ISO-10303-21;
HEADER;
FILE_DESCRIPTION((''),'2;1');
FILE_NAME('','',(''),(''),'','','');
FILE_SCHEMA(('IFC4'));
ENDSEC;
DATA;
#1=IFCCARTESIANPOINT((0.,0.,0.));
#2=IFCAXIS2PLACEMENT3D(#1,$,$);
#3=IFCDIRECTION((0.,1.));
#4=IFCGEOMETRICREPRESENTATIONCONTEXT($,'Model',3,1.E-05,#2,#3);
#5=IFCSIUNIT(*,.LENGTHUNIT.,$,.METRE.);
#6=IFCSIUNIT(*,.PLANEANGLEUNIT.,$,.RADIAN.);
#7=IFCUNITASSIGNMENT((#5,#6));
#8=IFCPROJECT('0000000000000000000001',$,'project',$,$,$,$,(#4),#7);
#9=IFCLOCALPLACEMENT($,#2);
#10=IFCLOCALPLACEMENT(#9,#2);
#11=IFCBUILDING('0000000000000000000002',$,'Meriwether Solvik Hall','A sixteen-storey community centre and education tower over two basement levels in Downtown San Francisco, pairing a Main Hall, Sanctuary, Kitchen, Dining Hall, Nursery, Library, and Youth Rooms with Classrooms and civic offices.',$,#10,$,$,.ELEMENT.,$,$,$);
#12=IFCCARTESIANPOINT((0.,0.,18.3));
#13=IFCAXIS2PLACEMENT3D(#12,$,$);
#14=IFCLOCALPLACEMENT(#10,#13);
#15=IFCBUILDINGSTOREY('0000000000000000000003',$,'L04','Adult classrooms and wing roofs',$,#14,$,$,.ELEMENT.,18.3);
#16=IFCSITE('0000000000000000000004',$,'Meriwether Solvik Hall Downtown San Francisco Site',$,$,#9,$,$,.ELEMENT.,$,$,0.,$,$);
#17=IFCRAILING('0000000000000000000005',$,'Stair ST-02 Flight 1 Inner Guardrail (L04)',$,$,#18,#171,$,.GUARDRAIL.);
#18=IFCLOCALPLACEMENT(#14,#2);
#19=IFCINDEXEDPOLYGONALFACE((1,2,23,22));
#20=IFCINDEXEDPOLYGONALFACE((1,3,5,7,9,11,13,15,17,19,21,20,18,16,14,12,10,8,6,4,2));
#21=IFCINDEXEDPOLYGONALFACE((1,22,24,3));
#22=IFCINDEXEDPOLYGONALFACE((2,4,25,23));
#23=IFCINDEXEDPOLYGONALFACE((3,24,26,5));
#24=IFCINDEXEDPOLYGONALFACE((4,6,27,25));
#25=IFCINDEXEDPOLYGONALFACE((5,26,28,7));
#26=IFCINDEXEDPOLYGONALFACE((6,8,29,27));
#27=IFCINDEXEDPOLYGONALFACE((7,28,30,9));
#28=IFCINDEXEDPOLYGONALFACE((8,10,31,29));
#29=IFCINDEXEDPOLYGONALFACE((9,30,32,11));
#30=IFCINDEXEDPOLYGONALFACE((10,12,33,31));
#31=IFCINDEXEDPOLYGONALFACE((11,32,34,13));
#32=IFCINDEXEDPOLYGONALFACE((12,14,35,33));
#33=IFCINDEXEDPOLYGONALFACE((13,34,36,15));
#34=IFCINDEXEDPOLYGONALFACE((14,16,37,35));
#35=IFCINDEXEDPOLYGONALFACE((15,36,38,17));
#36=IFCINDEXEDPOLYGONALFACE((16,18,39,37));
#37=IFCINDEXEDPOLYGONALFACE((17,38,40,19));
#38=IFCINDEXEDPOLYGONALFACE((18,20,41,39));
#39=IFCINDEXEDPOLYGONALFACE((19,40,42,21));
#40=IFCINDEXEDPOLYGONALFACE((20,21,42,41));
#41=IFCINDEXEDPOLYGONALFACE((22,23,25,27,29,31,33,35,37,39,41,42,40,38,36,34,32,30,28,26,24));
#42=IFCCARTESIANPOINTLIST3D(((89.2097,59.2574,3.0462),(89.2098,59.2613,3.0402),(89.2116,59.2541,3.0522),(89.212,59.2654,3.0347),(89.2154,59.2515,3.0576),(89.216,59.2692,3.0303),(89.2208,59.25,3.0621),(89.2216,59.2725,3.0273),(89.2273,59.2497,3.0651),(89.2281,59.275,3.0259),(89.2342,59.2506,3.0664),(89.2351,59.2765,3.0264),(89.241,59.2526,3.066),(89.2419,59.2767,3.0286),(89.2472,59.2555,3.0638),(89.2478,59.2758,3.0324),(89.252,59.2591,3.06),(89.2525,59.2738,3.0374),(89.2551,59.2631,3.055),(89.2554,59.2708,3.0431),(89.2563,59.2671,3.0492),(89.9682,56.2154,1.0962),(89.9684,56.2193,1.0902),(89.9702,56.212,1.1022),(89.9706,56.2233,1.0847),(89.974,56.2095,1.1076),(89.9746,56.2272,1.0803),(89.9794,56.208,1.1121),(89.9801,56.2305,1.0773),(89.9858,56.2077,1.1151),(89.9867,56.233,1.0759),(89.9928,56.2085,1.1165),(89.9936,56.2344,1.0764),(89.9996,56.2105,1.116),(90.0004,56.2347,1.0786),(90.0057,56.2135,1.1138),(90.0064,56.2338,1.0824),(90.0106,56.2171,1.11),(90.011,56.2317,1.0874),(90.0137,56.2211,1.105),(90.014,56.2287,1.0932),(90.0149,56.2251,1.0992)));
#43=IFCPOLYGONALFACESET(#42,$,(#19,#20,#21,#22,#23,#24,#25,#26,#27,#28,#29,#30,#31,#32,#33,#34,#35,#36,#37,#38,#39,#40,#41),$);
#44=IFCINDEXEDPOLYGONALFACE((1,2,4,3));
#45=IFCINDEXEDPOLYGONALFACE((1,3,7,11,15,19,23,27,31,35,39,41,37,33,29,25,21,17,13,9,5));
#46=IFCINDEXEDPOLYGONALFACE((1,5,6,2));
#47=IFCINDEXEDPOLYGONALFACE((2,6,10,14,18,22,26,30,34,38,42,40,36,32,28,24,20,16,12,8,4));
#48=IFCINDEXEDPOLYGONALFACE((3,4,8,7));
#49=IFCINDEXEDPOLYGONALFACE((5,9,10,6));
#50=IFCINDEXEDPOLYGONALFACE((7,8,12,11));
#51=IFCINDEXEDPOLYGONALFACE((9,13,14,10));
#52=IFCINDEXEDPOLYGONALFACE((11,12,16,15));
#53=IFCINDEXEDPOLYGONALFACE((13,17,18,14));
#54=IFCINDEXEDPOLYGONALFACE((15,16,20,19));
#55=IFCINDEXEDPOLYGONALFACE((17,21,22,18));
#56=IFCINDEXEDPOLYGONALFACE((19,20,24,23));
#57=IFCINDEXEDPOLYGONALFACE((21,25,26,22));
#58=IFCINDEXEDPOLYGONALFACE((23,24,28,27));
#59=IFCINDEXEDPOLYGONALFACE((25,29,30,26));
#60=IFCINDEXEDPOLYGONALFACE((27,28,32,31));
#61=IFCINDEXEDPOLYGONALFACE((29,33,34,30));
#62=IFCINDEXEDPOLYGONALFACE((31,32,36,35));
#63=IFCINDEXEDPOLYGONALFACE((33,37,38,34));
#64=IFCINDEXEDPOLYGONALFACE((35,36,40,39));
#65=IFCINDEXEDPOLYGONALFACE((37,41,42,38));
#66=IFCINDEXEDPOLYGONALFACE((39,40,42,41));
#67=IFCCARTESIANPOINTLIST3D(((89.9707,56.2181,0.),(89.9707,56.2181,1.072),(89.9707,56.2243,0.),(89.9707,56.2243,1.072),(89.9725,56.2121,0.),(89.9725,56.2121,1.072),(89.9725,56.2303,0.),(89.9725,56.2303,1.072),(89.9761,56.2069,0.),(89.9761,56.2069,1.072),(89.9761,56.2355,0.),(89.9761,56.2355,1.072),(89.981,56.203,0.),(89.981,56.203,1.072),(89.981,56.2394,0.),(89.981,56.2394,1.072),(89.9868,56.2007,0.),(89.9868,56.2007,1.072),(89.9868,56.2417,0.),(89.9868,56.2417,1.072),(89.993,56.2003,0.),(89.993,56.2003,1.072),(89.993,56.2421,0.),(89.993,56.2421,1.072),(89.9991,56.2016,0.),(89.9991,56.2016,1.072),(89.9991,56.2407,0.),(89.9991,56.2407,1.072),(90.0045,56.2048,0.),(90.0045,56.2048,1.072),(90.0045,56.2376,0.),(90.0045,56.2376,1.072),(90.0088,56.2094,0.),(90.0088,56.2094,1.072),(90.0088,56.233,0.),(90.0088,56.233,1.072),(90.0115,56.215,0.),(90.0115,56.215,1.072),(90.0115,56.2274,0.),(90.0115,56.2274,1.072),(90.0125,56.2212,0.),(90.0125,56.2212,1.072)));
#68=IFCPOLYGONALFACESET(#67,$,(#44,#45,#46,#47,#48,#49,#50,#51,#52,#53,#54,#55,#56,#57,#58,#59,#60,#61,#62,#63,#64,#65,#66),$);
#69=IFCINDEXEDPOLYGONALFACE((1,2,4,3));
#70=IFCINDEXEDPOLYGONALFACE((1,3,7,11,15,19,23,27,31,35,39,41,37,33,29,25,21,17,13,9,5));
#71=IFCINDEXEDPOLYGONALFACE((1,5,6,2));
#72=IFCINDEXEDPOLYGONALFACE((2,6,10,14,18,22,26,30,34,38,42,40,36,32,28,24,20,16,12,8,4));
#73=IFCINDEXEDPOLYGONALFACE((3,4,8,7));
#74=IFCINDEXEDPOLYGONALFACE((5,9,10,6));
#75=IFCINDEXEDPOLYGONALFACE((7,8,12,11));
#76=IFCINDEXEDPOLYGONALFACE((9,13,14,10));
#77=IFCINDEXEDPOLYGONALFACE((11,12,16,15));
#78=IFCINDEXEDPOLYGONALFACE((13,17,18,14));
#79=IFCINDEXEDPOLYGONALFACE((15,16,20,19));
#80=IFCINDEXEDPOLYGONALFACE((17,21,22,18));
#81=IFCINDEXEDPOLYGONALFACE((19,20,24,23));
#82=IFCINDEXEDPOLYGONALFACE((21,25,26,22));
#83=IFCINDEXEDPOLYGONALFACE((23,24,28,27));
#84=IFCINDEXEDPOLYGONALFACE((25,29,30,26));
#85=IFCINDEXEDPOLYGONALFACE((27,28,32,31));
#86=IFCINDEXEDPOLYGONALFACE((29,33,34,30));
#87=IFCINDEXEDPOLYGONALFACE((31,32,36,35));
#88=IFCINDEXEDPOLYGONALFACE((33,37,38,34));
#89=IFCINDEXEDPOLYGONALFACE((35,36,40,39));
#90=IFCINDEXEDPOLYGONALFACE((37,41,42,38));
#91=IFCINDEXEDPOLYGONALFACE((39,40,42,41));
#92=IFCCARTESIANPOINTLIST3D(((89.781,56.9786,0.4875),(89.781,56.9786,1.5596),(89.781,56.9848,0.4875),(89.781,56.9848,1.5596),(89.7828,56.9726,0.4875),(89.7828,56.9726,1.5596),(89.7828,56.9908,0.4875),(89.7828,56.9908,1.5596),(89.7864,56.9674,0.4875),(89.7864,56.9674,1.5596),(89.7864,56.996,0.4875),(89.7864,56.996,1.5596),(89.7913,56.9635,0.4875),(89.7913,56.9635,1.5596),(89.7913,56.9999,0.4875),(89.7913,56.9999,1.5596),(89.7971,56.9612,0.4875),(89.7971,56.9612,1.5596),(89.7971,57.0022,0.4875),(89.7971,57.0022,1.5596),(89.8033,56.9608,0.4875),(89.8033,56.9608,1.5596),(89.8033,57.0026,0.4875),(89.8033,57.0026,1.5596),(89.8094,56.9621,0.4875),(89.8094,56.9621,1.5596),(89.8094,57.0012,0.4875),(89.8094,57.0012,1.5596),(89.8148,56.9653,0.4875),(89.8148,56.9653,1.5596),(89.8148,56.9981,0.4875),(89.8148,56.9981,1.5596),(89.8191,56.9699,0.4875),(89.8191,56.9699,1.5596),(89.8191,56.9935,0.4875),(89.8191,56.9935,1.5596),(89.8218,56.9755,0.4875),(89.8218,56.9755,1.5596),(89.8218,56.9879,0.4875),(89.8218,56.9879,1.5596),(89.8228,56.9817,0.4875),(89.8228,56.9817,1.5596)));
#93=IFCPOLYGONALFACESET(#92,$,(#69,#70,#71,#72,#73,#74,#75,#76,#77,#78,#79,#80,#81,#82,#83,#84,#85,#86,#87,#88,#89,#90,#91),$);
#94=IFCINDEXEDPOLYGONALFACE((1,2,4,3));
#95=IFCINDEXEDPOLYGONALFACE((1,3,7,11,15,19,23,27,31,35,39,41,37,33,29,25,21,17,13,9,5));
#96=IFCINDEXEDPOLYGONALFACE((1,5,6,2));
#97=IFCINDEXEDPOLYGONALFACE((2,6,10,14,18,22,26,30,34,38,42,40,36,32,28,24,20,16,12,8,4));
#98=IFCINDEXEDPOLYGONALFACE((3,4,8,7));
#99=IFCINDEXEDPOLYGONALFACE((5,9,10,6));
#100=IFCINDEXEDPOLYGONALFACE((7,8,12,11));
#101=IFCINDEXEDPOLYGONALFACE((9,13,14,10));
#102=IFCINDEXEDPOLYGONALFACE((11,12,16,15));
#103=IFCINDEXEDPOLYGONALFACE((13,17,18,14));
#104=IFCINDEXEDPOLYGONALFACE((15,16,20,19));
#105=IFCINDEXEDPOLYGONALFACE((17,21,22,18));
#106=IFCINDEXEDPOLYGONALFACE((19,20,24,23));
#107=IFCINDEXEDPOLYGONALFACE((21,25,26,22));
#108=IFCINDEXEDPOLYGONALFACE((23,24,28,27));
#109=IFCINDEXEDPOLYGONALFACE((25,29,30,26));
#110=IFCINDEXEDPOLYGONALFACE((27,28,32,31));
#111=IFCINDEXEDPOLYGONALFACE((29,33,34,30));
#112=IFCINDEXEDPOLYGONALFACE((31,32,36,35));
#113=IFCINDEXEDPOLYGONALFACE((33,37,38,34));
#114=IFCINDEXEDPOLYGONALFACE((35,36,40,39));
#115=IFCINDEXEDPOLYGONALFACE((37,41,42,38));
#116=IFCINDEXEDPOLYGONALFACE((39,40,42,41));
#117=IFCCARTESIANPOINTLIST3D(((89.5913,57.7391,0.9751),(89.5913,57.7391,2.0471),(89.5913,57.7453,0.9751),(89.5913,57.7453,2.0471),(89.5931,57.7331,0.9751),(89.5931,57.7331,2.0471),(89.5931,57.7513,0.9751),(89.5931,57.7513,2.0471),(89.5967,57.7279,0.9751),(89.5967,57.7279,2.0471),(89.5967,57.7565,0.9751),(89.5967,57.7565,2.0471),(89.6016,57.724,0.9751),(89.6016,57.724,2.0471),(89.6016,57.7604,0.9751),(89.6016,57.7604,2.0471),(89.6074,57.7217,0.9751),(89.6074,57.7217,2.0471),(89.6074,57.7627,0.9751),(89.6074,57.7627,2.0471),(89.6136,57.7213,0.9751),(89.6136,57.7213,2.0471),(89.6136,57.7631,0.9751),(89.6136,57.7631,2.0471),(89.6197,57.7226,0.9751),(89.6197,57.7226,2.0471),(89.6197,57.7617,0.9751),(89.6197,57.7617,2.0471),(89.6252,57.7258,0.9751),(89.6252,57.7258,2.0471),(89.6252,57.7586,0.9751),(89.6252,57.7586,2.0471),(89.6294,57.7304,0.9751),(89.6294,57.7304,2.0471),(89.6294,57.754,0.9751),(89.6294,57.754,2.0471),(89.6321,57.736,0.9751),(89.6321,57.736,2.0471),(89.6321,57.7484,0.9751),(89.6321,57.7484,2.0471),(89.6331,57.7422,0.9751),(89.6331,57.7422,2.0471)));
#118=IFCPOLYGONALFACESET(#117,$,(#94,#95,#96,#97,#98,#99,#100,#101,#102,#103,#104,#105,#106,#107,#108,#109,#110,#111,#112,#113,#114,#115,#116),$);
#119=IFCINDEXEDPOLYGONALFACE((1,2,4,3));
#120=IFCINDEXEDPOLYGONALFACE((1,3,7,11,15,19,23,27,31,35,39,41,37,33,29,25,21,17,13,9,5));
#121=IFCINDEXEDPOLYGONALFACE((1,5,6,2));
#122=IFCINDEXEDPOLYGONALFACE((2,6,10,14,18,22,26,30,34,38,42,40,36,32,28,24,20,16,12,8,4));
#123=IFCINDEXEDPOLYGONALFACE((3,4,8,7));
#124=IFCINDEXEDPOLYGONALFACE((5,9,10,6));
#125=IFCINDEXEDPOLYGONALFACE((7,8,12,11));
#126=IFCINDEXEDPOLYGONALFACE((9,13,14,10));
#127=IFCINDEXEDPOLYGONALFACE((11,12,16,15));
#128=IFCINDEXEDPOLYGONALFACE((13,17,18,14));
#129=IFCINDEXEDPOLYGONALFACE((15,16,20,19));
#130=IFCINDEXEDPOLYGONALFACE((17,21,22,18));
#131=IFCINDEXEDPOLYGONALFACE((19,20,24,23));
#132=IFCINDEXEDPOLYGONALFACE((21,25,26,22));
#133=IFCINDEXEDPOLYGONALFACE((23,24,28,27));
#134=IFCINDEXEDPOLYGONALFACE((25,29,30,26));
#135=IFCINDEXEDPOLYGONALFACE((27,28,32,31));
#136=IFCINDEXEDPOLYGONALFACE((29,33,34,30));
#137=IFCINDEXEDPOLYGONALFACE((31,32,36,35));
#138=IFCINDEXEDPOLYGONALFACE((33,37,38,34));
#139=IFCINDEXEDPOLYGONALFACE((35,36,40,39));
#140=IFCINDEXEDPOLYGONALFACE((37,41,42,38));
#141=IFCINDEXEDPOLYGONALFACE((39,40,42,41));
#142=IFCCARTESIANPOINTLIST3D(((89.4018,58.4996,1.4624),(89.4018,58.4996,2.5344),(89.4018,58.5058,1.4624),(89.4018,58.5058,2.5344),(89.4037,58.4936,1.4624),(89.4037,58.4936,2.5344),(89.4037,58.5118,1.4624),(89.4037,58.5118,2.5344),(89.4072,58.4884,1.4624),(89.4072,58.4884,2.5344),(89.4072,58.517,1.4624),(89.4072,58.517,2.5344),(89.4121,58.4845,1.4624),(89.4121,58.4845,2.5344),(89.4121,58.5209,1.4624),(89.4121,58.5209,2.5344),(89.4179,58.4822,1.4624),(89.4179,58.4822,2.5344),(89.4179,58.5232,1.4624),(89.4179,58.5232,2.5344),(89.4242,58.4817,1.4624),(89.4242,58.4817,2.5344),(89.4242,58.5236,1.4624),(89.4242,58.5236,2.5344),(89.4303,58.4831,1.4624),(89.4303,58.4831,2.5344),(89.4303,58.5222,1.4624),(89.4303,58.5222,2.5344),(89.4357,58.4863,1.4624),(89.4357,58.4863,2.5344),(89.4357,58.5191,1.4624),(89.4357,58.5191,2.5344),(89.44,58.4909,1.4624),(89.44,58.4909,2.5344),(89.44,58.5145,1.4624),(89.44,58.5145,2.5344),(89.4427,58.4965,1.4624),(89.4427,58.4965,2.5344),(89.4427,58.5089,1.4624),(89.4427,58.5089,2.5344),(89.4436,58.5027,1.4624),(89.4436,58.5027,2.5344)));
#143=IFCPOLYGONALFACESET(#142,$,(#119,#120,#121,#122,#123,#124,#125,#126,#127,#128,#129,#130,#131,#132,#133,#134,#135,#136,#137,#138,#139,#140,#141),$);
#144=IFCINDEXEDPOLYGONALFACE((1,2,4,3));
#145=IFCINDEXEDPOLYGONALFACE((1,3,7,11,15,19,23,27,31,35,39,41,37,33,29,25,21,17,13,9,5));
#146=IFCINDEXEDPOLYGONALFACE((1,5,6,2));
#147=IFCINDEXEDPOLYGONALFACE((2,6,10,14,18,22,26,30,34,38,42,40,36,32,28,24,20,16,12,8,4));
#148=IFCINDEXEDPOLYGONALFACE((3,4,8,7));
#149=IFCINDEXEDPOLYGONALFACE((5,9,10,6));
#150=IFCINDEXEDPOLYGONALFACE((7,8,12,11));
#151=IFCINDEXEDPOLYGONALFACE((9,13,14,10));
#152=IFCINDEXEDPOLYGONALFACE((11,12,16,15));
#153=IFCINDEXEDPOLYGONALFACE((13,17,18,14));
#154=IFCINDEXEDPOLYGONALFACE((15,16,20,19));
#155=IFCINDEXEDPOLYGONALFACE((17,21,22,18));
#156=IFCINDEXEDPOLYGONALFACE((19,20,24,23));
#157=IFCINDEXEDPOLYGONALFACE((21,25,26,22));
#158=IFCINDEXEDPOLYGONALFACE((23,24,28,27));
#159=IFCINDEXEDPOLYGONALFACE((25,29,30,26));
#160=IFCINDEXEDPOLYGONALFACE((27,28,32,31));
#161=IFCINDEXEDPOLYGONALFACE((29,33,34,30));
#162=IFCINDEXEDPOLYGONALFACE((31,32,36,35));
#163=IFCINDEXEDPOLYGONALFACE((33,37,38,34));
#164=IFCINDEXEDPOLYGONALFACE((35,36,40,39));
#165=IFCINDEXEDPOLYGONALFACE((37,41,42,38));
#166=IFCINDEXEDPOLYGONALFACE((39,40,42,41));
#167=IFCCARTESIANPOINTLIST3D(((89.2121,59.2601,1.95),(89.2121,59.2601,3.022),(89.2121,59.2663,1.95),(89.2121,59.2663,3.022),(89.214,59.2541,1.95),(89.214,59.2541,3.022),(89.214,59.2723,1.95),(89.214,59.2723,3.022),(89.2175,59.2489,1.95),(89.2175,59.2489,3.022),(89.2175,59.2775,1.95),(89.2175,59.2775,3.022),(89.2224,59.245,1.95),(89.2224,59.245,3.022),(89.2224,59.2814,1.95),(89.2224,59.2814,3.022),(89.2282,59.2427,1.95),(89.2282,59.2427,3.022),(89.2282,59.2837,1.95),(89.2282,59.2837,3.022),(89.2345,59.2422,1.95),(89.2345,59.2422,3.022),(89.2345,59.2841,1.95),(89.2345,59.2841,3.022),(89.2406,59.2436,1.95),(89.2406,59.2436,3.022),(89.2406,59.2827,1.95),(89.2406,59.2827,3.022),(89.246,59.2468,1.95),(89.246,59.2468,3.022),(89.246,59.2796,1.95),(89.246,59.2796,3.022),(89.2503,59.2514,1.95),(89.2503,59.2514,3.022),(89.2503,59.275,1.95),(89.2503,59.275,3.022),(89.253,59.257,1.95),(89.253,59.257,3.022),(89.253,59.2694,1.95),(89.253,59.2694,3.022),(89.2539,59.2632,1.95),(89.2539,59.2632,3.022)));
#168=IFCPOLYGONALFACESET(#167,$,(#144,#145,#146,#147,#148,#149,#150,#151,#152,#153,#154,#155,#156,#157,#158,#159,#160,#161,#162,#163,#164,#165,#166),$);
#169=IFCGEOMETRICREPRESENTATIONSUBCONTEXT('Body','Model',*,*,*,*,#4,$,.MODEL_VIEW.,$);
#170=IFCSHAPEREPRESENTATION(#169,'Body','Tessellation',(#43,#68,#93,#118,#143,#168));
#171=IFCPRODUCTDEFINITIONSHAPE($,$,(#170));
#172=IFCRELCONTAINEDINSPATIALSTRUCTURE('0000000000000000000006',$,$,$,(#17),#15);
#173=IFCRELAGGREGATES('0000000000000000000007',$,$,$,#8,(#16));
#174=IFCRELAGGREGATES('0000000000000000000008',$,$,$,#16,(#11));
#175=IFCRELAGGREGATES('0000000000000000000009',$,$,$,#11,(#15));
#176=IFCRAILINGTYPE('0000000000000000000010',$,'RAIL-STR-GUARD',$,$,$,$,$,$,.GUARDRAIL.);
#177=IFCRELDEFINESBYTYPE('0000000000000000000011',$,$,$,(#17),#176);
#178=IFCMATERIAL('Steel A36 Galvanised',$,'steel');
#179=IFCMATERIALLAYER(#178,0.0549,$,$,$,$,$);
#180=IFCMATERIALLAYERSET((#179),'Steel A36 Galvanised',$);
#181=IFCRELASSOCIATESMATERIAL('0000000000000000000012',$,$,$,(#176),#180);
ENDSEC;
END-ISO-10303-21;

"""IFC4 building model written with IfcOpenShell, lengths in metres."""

from ifc_helpers import new_model, si_unit, direction, frame, origin, origin_2d, place, context, subcontext, project, spatial, circle, extrude, material, layer, layer_set, type_object, element, save


model = new_model("IFC4")

# Units and contexts
model_context = context("Model", 3, precision=1e-05, world=origin(), true_north=direction((0.0, 1.0)))
body_context = subcontext(model_context, "Body", "Model", "MODEL_VIEW")
ifc_project = project(units=[si_unit("LENGTHUNIT", "METRE"), si_unit("PLANEANGLEUNIT", "RADIAN")], contexts=[model_context])

# Site, building, storey
site_placement = place(None, origin())
site = spatial("IfcSite", under=ifc_project, at=site_placement, Name="Meriwether Solvik Hall Downtown San Francisco Site", CompositionType="ELEMENT", RefElevation=0.0)
building_placement = place(site_placement, origin())
building = spatial("IfcBuilding", under=site, at=building_placement, Name="Meriwether Solvik Hall", Description="A sixteen-storey community centre and education tower over two basement levels in Downtown San Francisco, pairing a Main Hall, Sanctuary, Kitchen, Dining Hall, Nursery, Library, and Youth Rooms with Classrooms and civic offices.", CompositionType="ELEMENT")
storey_placement = place(building_placement, frame((0.0, 0.0, 18.3)))
storey = spatial("IfcBuildingStorey", under=building, at=storey_placement, Name="L04", Description="Adult classrooms and wing roofs", CompositionType="ELEMENT", Elevation=18.3)

# Railing
ifc_material_1 = material(Name="Steel A36 Galvanised", Category="steel")
ifc_layer_1 = layer(ifc_material_1, 0.0549)
ifc_layer_set_1 = layer_set([ifc_layer_1], Name="Steel A36 Galvanised")
railing_type_1 = type_object("IfcRailingType", Name="RAIL-STR-GUARD", PredefinedType="GUARDRAIL", material=ifc_layer_set_1)
railing_1_placement = place(storey_placement, frame((89.9915, 56.2212, 0.0)))
element("IfcRailing", 1, at=railing_1_placement, inside=storey, type_object=railing_type_1, Name="Stair ST-02 Flight 1 Inner Guardrail (L04)", PredefinedType="GUARDRAIL", context=body_context, shape_type="SweptSolid", body=[
    extrude(circle(Radius=0.0239, at=origin_2d()), frame((0.0, 0.0, 1.0962), z_axis=(-0.205452, 0.823925, 0.528145), x_axis=(-0.970289, -0.241949, 0.0)), (0.0, 0.0, 1.0), 3.6921),
    extrude(circle(Radius=0.021, at=origin_2d()), origin(), (0.0, 0.0, 1.0), 1.072),
    extrude(circle(Radius=0.021, at=origin_2d()), frame((-0.1897, 0.7605, 0.4875)), (0.0, 0.0, 1.0), 1.072),
    extrude(circle(Radius=0.021, at=origin_2d()), frame((-0.3794, 1.521, 0.9751)), (0.0, 0.0, 1.0), 1.072),
    extrude(circle(Radius=0.021, at=origin_2d()), frame((-0.5688, 2.2815, 1.4624)), (0.0, 0.0, 1.0), 1.072),
    extrude(circle(Radius=0.021, at=origin_2d()), frame((-0.7585, 3.042, 1.95)), (0.0, 0.0, 1.0), 1.072),
])

save(model, "model.ifc")
